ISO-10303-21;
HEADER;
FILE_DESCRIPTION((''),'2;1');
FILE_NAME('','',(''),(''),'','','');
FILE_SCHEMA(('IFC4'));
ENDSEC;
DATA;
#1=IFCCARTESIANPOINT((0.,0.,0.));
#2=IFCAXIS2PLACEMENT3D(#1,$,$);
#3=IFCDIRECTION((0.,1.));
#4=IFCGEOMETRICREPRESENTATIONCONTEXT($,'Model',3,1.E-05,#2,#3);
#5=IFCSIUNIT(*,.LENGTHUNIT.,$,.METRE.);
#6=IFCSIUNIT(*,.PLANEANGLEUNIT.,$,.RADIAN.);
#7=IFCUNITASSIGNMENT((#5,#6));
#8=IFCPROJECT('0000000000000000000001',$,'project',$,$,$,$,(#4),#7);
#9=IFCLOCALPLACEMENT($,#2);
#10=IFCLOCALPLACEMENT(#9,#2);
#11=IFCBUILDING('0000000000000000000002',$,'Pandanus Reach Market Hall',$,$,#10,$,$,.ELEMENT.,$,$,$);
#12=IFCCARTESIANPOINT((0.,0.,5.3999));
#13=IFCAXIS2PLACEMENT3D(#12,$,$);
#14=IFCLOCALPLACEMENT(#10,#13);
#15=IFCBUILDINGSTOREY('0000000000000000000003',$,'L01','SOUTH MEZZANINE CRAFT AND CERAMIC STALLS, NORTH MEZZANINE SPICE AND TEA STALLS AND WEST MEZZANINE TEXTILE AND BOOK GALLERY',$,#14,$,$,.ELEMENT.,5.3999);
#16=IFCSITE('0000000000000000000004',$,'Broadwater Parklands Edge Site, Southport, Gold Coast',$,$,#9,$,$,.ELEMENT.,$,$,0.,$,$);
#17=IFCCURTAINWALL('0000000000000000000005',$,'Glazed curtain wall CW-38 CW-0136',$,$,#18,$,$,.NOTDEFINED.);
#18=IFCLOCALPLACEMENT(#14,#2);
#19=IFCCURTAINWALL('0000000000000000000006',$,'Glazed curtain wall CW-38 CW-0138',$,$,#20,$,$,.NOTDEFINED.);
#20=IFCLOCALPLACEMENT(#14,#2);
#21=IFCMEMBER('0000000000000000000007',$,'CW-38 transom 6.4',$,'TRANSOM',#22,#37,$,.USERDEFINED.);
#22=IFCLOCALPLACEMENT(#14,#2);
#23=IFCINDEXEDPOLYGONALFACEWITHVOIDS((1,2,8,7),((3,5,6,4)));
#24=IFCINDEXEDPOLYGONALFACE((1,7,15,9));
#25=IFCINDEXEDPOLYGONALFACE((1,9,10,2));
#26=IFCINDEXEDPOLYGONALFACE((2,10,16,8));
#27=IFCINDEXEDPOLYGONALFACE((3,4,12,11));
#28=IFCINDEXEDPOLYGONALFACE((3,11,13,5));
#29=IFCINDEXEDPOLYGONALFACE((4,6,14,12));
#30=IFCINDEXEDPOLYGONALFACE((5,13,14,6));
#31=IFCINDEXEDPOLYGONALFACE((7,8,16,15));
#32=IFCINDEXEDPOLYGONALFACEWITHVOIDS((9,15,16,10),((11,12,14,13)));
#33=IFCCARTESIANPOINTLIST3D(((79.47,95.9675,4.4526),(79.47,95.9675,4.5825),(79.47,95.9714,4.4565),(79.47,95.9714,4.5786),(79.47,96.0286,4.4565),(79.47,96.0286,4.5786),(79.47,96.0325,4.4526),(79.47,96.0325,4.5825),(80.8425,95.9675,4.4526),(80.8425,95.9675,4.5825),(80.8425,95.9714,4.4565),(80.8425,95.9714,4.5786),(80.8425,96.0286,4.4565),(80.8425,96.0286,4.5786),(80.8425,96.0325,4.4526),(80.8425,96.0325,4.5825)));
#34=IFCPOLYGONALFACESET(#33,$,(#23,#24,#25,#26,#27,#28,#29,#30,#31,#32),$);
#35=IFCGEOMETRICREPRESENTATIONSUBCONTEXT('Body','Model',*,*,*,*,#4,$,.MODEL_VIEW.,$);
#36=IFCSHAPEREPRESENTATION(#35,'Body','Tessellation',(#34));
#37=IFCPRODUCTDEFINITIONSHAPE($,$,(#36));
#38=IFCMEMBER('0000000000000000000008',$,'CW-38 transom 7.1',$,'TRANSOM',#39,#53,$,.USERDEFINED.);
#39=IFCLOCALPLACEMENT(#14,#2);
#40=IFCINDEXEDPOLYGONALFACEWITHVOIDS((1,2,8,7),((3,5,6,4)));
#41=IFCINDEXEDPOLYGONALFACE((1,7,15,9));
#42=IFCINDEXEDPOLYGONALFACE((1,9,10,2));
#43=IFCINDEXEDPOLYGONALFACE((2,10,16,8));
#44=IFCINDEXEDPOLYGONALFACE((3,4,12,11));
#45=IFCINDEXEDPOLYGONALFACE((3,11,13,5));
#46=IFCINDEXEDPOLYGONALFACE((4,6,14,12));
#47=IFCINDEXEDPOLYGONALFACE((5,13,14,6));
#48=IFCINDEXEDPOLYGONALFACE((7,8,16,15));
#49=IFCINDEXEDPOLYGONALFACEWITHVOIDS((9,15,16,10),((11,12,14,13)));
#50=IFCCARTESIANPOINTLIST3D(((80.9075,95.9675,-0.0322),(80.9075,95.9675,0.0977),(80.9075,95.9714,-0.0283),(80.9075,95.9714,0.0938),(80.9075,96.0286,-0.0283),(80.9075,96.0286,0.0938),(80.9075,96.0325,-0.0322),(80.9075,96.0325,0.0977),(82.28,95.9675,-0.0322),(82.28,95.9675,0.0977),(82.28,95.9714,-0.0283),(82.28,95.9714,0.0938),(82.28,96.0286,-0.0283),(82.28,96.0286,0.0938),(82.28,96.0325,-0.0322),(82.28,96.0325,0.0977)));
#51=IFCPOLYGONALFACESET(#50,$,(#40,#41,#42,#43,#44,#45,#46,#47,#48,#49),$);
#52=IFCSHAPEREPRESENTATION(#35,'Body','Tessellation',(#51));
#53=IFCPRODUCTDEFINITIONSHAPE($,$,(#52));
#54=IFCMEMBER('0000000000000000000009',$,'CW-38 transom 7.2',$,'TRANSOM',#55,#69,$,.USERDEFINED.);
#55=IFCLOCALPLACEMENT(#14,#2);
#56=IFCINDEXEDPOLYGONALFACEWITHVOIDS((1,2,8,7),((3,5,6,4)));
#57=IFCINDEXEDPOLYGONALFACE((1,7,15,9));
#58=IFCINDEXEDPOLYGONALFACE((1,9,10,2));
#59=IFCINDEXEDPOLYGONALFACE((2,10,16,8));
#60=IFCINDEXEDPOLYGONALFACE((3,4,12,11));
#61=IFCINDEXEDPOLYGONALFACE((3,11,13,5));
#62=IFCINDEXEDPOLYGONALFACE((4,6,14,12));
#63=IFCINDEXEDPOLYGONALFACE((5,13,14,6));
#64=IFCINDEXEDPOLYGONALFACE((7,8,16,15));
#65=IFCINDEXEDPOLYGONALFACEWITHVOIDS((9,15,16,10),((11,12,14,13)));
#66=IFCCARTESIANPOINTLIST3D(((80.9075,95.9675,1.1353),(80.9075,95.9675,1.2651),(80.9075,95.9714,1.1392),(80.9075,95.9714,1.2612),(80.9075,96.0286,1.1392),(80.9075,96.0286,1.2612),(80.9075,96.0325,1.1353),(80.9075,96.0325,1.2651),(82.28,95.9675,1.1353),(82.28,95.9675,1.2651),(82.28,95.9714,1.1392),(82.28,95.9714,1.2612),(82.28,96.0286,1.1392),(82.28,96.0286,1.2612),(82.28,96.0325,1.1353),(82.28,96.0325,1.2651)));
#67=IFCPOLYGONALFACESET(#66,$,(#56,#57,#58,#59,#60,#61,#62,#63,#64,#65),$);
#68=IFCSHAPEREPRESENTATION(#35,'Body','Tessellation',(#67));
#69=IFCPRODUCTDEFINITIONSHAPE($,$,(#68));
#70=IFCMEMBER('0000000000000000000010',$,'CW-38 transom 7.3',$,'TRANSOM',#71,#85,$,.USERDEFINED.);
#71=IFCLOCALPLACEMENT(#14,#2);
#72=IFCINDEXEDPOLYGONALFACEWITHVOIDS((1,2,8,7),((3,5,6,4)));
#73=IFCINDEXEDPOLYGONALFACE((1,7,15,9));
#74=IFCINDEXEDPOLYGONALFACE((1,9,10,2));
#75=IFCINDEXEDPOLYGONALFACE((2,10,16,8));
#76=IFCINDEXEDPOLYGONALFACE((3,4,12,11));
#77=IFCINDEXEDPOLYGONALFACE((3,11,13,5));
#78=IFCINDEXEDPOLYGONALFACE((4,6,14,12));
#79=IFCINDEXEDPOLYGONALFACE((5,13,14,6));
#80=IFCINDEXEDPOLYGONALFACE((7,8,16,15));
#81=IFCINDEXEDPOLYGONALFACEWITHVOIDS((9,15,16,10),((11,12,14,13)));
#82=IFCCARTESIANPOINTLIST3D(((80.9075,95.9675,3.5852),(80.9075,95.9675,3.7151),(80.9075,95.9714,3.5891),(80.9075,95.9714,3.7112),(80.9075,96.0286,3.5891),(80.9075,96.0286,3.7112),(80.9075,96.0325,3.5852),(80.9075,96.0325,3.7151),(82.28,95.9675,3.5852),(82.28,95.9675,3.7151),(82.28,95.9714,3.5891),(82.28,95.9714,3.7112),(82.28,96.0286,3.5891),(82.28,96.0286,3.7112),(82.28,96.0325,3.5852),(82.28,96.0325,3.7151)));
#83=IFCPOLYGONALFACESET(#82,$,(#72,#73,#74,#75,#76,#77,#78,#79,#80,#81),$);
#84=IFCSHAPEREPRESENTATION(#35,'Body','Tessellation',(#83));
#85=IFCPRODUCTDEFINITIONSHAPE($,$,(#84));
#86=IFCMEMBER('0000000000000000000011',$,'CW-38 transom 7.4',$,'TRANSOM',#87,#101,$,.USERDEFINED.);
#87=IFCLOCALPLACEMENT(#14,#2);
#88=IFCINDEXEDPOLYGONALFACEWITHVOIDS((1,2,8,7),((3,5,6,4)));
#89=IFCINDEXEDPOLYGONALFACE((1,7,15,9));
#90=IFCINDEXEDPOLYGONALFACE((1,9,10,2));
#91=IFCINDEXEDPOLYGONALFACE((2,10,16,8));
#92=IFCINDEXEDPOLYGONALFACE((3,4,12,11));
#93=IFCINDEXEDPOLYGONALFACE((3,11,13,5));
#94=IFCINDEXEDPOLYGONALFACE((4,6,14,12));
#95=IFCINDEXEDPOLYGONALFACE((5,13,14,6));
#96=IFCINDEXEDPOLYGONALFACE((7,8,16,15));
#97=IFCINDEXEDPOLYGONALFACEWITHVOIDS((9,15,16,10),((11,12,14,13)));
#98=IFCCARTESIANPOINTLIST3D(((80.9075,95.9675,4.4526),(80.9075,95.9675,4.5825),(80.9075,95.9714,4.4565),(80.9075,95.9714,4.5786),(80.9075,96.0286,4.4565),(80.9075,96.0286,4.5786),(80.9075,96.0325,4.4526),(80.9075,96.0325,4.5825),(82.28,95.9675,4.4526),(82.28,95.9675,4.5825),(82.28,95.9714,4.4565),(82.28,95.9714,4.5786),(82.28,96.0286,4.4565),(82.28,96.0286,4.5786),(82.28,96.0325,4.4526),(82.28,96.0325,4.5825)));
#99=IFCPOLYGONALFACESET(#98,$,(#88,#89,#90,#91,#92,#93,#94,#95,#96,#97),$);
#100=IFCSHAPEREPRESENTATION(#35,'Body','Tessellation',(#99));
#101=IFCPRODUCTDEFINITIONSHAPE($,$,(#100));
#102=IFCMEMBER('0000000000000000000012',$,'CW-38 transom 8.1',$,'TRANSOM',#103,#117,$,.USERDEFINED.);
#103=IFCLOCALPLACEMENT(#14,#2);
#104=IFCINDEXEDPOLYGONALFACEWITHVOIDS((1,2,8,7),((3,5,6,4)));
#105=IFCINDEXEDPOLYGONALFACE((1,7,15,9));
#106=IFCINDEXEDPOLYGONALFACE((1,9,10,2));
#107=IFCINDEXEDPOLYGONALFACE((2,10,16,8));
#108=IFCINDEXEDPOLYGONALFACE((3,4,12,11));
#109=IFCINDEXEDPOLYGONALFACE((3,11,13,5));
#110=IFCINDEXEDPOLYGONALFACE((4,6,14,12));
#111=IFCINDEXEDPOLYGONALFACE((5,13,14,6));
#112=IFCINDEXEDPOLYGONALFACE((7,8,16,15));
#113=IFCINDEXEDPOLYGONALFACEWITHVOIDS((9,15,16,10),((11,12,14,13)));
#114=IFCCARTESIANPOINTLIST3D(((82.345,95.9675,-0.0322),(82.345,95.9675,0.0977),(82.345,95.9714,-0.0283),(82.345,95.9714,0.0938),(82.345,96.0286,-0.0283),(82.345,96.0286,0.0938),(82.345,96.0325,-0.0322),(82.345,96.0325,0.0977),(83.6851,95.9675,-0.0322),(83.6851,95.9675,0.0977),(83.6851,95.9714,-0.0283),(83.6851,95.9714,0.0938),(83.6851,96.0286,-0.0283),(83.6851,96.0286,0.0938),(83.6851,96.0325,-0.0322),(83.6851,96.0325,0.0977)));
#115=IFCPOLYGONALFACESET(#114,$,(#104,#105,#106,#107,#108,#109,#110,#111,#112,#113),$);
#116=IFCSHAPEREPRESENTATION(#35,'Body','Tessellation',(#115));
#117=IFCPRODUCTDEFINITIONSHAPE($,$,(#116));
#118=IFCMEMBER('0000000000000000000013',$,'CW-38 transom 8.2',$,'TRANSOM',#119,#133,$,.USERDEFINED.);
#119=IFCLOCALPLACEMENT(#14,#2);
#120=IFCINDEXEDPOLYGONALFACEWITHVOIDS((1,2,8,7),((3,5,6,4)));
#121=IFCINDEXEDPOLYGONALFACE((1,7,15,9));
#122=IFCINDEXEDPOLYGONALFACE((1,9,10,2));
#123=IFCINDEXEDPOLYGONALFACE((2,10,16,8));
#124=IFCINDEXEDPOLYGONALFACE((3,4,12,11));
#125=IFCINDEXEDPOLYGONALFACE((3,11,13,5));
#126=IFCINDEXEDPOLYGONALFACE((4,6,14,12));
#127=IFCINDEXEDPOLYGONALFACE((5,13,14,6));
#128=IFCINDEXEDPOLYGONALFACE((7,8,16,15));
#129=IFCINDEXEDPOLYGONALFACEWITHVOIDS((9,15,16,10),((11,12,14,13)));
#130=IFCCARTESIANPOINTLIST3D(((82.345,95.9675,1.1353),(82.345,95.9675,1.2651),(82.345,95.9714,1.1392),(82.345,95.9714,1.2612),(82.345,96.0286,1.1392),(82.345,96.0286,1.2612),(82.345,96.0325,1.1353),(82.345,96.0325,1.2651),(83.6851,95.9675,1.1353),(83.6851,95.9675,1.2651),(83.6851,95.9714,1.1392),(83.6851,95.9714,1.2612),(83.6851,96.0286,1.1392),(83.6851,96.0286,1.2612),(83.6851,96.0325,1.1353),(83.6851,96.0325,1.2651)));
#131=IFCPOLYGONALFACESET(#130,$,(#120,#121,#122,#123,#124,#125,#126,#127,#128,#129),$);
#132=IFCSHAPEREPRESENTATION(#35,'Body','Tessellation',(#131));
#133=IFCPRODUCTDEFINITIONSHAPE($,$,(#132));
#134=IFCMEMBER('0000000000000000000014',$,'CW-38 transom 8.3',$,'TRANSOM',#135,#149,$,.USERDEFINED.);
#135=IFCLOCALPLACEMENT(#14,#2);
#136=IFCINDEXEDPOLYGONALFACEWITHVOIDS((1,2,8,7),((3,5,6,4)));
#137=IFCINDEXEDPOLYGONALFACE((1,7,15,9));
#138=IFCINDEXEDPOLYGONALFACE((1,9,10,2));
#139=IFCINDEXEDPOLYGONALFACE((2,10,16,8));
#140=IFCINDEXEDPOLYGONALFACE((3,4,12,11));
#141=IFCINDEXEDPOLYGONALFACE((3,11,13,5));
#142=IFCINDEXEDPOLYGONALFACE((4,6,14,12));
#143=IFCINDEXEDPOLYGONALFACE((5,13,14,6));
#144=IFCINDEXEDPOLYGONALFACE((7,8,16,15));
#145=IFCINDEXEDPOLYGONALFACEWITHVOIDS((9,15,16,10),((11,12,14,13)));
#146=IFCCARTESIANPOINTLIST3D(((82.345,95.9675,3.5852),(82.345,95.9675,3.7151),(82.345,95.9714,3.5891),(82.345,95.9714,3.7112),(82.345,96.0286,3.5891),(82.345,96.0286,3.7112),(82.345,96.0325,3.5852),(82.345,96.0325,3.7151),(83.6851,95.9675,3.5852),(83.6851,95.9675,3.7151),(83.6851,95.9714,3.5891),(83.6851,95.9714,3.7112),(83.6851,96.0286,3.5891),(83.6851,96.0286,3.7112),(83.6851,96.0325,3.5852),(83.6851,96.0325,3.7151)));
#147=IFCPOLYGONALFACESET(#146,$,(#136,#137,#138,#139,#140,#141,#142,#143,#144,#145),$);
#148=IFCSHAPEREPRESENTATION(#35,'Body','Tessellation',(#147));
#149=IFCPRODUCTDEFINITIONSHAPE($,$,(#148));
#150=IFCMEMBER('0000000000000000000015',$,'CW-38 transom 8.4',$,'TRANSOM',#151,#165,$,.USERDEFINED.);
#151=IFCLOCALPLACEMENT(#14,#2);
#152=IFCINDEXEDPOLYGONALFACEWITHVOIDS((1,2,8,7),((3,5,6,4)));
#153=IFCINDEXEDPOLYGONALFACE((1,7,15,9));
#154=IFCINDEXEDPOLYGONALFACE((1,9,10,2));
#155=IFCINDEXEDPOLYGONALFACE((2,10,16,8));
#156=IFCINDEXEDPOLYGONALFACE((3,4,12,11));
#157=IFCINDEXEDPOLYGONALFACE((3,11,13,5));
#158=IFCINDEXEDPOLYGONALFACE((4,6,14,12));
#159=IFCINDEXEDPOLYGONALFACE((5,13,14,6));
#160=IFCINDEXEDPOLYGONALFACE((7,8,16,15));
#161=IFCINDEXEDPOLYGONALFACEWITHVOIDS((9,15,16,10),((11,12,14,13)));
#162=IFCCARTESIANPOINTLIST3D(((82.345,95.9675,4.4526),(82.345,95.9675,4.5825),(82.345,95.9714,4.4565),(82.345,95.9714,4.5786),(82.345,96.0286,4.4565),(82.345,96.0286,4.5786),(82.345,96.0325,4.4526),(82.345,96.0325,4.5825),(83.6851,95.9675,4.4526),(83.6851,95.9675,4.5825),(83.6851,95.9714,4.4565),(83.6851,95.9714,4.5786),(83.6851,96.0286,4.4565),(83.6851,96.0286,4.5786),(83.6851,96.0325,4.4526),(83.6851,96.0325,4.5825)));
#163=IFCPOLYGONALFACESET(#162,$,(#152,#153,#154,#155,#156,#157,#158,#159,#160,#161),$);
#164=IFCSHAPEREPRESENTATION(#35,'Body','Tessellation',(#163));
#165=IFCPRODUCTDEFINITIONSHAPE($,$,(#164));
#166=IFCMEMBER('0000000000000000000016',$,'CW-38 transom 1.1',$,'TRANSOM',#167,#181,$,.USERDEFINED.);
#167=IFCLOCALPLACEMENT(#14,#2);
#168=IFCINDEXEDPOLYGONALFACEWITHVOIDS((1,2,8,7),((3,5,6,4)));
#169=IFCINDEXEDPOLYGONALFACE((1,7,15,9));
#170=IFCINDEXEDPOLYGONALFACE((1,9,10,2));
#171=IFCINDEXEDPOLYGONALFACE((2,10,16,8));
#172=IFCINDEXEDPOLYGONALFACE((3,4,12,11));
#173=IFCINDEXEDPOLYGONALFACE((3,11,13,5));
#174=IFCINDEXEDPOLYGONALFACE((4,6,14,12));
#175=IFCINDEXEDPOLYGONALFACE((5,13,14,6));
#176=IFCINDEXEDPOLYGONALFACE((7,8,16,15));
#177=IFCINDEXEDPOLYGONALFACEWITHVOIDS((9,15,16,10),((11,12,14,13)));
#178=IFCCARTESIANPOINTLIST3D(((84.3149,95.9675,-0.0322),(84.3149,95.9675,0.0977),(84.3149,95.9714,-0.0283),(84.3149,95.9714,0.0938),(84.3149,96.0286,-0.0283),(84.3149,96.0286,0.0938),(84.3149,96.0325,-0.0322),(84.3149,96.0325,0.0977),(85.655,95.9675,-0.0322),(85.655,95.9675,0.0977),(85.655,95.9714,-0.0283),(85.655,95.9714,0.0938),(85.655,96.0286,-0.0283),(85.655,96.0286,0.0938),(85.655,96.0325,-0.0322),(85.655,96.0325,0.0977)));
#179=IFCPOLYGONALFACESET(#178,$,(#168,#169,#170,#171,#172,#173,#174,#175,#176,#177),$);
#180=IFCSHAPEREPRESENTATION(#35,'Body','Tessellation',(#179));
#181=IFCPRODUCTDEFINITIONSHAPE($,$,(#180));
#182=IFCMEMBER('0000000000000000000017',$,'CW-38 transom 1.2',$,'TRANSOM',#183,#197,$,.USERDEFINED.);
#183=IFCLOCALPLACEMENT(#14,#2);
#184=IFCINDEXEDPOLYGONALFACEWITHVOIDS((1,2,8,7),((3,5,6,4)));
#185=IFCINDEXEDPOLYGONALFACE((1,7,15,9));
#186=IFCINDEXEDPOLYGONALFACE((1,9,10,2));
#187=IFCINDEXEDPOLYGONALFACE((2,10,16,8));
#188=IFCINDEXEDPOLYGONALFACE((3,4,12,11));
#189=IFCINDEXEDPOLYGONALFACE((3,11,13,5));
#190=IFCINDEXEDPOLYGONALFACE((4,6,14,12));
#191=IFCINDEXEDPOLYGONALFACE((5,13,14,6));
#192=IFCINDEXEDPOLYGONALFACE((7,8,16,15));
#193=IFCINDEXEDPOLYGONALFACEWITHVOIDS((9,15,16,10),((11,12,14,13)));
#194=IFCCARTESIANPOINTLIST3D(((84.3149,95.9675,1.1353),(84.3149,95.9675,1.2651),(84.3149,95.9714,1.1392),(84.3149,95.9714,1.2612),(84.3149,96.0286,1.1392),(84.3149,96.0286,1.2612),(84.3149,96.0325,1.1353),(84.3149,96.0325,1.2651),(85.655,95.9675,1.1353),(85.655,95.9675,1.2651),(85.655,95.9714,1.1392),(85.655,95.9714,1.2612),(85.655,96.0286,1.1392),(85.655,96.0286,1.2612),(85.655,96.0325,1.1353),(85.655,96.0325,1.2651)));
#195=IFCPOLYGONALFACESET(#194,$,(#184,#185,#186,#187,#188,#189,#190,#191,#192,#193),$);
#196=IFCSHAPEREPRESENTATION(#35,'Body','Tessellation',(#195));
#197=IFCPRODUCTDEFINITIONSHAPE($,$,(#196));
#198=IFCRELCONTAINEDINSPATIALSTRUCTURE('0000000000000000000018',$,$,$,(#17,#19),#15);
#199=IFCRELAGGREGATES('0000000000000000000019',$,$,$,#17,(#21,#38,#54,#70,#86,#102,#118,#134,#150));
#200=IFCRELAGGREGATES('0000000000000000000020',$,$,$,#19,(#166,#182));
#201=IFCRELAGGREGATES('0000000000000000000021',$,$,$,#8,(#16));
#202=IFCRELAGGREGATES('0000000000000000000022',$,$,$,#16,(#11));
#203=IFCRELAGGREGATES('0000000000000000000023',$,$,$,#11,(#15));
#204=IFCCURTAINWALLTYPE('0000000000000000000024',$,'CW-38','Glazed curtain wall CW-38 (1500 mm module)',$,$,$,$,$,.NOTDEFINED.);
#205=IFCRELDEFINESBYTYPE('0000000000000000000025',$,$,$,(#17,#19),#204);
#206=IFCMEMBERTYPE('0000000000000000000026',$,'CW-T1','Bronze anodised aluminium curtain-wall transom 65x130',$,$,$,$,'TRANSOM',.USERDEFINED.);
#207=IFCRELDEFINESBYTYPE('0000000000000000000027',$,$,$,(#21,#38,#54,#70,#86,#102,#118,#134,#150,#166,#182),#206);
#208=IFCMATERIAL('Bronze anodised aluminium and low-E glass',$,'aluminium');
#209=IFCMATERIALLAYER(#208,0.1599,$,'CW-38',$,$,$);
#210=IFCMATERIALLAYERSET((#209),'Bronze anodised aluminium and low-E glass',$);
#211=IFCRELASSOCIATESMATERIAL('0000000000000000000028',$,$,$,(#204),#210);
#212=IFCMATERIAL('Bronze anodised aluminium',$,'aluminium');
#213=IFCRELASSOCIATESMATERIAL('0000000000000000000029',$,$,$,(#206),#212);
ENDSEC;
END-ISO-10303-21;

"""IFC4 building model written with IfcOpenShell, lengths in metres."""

from ifc_helpers import new_model, si_unit, direction, frame, origin, origin_2d, place, context, subcontext, project, spatial, hollow_rectangle, extrude, material, layer, layer_set, material_profile, profile_set, type_object, element, aggregate, save


model = new_model("IFC4")

# Units and contexts
model_context = context("Model", 3, precision=1e-05, world=origin(), true_north=direction((0.0, 1.0)))
body_context = subcontext(model_context, "Body", "Model", "MODEL_VIEW")
ifc_project = project(units=[si_unit("LENGTHUNIT", "METRE"), si_unit("PLANEANGLEUNIT", "RADIAN")], contexts=[model_context])

# Site, building, storey
site_placement = place(None, origin())
site = spatial("IfcSite", under=ifc_project, at=site_placement, Name="Broadwater Parklands Edge Site, Southport, Gold Coast", CompositionType="ELEMENT", RefElevation=0.0)
building_placement = place(site_placement, origin())
building = spatial("IfcBuilding", under=site, at=building_placement, Name="Pandanus Reach Market Hall", CompositionType="ELEMENT")
storey_placement = place(building_placement, frame((0.0, 0.0, 5.3999)))
storey = spatial("IfcBuildingStorey", under=building, at=storey_placement, Name="L01", Description="SOUTH MEZZANINE CRAFT AND CERAMIC STALLS, NORTH MEZZANINE SPICE AND TEA STALLS AND WEST MEZZANINE TEXTILE AND BOOK GALLERY", CompositionType="ELEMENT", Elevation=5.3999)

# Curtain walls
ifc_material_1 = material(Name="Bronze anodised aluminium and low-E glass", Category="aluminium")
ifc_layer_1 = layer(ifc_material_1, 0.1599, Name="CW-38")
ifc_layer_set_1 = layer_set([ifc_layer_1], Name="Bronze anodised aluminium and low-E glass")
curtain_wall_type = type_object("IfcCurtainWallType", Name="CW-38", Description="Glazed curtain wall CW-38 (1500 mm module)", PredefinedType="NOTDEFINED", material=ifc_layer_set_1)
curtain_wall_1_placement = place(storey_placement, origin())
curtain_wall_1 = element("IfcCurtainWall", 1, at=curtain_wall_1_placement, inside=storey, type_object=curtain_wall_type, Name="Glazed curtain wall CW-38 CW-0136", PredefinedType="NOTDEFINED")
ifc_material_2 = material(Name="Bronze anodised aluminium", Category="aluminium")
curtain_wall_2_placement = place(storey_placement, origin())
curtain_wall_2 = element("IfcCurtainWall", 2, at=curtain_wall_2_placement, inside=storey, type_object=curtain_wall_type, Name="Glazed curtain wall CW-38 CW-0138", PredefinedType="NOTDEFINED")

# Members
ifc_material_profile_1 = material_profile(ifc_material_2, hollow_rectangle(XDim=0.0649, YDim=0.1299, WallThickness=0.0039, at=origin_2d()), Name="ALU65x130", Category="LoadBearing")
ifc_profile_set_1 = profile_set([ifc_material_profile_1], Name="Bronze anodised aluminium")
member_type_1 = type_object("IfcMemberType", Name="CW-T1", Description="Bronze anodised aluminium curtain-wall transom 65x130", ElementType="TRANSOM", PredefinedType="USERDEFINED", material=ifc_profile_set_1)
member_1_placement = place(storey_placement, frame((79.47, 96.0, 4.5176), z_axis=(1.0, 0.0, 0.0), x_axis=(0.0, 1.0, 0.0)))
member_1 = element("IfcMember", 3, at=member_1_placement, type_object=member_type_1, Name="CW-38 transom 6.4", ObjectType="TRANSOM", PredefinedType="USERDEFINED", context=body_context, shape_type="SweptSolid", body=[
    extrude(hollow_rectangle(XDim=0.0649, YDim=0.1299, WallThickness=0.0039, at=origin_2d()), origin(), (0.0, 0.0, 1.0), 1.3726),
])
member_2_placement = place(storey_placement, frame((80.9075, 96.0, 0.0327), z_axis=(1.0, 0.0, 0.0), x_axis=(0.0, 1.0, 0.0)))
member_2 = element("IfcMember", 4, at=member_2_placement, type_object=member_type_1, Name="CW-38 transom 7.1", ObjectType="TRANSOM", PredefinedType="USERDEFINED", context=body_context, shape_type="SweptSolid", body=[
    extrude(hollow_rectangle(XDim=0.0649, YDim=0.1299, WallThickness=0.0039, at=origin_2d()), origin(), (0.0, 0.0, 1.0), 1.3726),
])
member_3_placement = place(storey_placement, frame((80.9075, 96.0, 1.2002), z_axis=(1.0, 0.0, 0.0), x_axis=(0.0, 1.0, 0.0)))
member_3 = element("IfcMember", 5, at=member_3_placement, type_object=member_type_1, Name="CW-38 transom 7.2", ObjectType="TRANSOM", PredefinedType="USERDEFINED", context=body_context, shape_type="SweptSolid", body=[
    extrude(hollow_rectangle(XDim=0.0649, YDim=0.1299, WallThickness=0.0039, at=origin_2d()), origin(), (0.0, 0.0, 1.0), 1.3726),
])
member_4_placement = place(storey_placement, frame((80.9075, 96.0, 3.6501), z_axis=(1.0, 0.0, 0.0), x_axis=(0.0, 1.0, 0.0)))
member_4 = element("IfcMember", 6, at=member_4_placement, type_object=member_type_1, Name="CW-38 transom 7.3", ObjectType="TRANSOM", PredefinedType="USERDEFINED", context=body_context, shape_type="SweptSolid", body=[
    extrude(hollow_rectangle(XDim=0.0649, YDim=0.1299, WallThickness=0.0039, at=origin_2d()), origin(), (0.0, 0.0, 1.0), 1.3726),
])
member_5_placement = place(storey_placement, frame((80.9075, 96.0, 4.5176), z_axis=(1.0, 0.0, 0.0), x_axis=(0.0, 1.0, 0.0)))
member_5 = element("IfcMember", 7, at=member_5_placement, type_object=member_type_1, Name="CW-38 transom 7.4", ObjectType="TRANSOM", PredefinedType="USERDEFINED", context=body_context, shape_type="SweptSolid", body=[
    extrude(hollow_rectangle(XDim=0.0649, YDim=0.1299, WallThickness=0.0039, at=origin_2d()), origin(), (0.0, 0.0, 1.0), 1.3726),
])
member_6_placement = place(storey_placement, frame((82.345, 96.0, 0.0327), z_axis=(1.0, 0.0, 0.0), x_axis=(0.0, 1.0, 0.0)))
member_6 = element("IfcMember", 8, at=member_6_placement, type_object=member_type_1, Name="CW-38 transom 8.1", ObjectType="TRANSOM", PredefinedType="USERDEFINED", context=body_context, shape_type="SweptSolid", body=[
    extrude(hollow_rectangle(XDim=0.0649, YDim=0.1299, WallThickness=0.0039, at=origin_2d()), origin(), (0.0, 0.0, 1.0), 1.3401),
])
member_7_placement = place(storey_placement, frame((82.345, 96.0, 1.2002), z_axis=(1.0, 0.0, 0.0), x_axis=(0.0, 1.0, 0.0)))
member_7 = element("IfcMember", 9, at=member_7_placement, type_object=member_type_1, Name="CW-38 transom 8.2", ObjectType="TRANSOM", PredefinedType="USERDEFINED", context=body_context, shape_type="SweptSolid", body=[
    extrude(hollow_rectangle(XDim=0.0649, YDim=0.1299, WallThickness=0.0039, at=origin_2d()), origin(), (0.0, 0.0, 1.0), 1.3401),
])
member_8_placement = place(storey_placement, frame((82.345, 96.0, 3.6501), z_axis=(1.0, 0.0, 0.0), x_axis=(0.0, 1.0, 0.0)))
member_8 = element("IfcMember", 10, at=member_8_placement, type_object=member_type_1, Name="CW-38 transom 8.3", ObjectType="TRANSOM", PredefinedType="USERDEFINED", context=body_context, shape_type="SweptSolid", body=[
    extrude(hollow_rectangle(XDim=0.0649, YDim=0.1299, WallThickness=0.0039, at=origin_2d()), origin(), (0.0, 0.0, 1.0), 1.3401),
])
member_9_placement = place(storey_placement, frame((82.345, 96.0, 4.5176), z_axis=(1.0, 0.0, 0.0), x_axis=(0.0, 1.0, 0.0)))
member_9 = element("IfcMember", 11, at=member_9_placement, type_object=member_type_1, Name="CW-38 transom 8.4", ObjectType="TRANSOM", PredefinedType="USERDEFINED", context=body_context, shape_type="SweptSolid", body=[
    extrude(hollow_rectangle(XDim=0.0649, YDim=0.1299, WallThickness=0.0039, at=origin_2d()), origin(), (0.0, 0.0, 1.0), 1.3401),
])
member_10_placement = place(storey_placement, frame((84.3149, 96.0, 0.0327), z_axis=(1.0, 0.0, 0.0), x_axis=(0.0, 1.0, 0.0)))
member_10 = element("IfcMember", 12, at=member_10_placement, type_object=member_type_1, Name="CW-38 transom 1.1", ObjectType="TRANSOM", PredefinedType="USERDEFINED", context=body_context, shape_type="SweptSolid", body=[
    extrude(hollow_rectangle(XDim=0.0649, YDim=0.1299, WallThickness=0.0039, at=origin_2d()), origin(), (0.0, 0.0, 1.0), 1.3401),
])
member_11_placement = place(storey_placement, frame((84.3149, 96.0, 1.2002), z_axis=(1.0, 0.0, 0.0), x_axis=(0.0, 1.0, 0.0)))
member_11 = element("IfcMember", 13, at=member_11_placement, type_object=member_type_1, Name="CW-38 transom 1.2", ObjectType="TRANSOM", PredefinedType="USERDEFINED", context=body_context, shape_type="SweptSolid", body=[
    extrude(hollow_rectangle(XDim=0.0649, YDim=0.1299, WallThickness=0.0039, at=origin_2d()), origin(), (0.0, 0.0, 1.0), 1.3401),
])

aggregate(curtain_wall_1, [member_1, member_2, member_3, member_4, member_5, member_6, member_7, member_8, member_9])
aggregate(curtain_wall_2, [member_10, member_11])

save(model, "model.ifc")
